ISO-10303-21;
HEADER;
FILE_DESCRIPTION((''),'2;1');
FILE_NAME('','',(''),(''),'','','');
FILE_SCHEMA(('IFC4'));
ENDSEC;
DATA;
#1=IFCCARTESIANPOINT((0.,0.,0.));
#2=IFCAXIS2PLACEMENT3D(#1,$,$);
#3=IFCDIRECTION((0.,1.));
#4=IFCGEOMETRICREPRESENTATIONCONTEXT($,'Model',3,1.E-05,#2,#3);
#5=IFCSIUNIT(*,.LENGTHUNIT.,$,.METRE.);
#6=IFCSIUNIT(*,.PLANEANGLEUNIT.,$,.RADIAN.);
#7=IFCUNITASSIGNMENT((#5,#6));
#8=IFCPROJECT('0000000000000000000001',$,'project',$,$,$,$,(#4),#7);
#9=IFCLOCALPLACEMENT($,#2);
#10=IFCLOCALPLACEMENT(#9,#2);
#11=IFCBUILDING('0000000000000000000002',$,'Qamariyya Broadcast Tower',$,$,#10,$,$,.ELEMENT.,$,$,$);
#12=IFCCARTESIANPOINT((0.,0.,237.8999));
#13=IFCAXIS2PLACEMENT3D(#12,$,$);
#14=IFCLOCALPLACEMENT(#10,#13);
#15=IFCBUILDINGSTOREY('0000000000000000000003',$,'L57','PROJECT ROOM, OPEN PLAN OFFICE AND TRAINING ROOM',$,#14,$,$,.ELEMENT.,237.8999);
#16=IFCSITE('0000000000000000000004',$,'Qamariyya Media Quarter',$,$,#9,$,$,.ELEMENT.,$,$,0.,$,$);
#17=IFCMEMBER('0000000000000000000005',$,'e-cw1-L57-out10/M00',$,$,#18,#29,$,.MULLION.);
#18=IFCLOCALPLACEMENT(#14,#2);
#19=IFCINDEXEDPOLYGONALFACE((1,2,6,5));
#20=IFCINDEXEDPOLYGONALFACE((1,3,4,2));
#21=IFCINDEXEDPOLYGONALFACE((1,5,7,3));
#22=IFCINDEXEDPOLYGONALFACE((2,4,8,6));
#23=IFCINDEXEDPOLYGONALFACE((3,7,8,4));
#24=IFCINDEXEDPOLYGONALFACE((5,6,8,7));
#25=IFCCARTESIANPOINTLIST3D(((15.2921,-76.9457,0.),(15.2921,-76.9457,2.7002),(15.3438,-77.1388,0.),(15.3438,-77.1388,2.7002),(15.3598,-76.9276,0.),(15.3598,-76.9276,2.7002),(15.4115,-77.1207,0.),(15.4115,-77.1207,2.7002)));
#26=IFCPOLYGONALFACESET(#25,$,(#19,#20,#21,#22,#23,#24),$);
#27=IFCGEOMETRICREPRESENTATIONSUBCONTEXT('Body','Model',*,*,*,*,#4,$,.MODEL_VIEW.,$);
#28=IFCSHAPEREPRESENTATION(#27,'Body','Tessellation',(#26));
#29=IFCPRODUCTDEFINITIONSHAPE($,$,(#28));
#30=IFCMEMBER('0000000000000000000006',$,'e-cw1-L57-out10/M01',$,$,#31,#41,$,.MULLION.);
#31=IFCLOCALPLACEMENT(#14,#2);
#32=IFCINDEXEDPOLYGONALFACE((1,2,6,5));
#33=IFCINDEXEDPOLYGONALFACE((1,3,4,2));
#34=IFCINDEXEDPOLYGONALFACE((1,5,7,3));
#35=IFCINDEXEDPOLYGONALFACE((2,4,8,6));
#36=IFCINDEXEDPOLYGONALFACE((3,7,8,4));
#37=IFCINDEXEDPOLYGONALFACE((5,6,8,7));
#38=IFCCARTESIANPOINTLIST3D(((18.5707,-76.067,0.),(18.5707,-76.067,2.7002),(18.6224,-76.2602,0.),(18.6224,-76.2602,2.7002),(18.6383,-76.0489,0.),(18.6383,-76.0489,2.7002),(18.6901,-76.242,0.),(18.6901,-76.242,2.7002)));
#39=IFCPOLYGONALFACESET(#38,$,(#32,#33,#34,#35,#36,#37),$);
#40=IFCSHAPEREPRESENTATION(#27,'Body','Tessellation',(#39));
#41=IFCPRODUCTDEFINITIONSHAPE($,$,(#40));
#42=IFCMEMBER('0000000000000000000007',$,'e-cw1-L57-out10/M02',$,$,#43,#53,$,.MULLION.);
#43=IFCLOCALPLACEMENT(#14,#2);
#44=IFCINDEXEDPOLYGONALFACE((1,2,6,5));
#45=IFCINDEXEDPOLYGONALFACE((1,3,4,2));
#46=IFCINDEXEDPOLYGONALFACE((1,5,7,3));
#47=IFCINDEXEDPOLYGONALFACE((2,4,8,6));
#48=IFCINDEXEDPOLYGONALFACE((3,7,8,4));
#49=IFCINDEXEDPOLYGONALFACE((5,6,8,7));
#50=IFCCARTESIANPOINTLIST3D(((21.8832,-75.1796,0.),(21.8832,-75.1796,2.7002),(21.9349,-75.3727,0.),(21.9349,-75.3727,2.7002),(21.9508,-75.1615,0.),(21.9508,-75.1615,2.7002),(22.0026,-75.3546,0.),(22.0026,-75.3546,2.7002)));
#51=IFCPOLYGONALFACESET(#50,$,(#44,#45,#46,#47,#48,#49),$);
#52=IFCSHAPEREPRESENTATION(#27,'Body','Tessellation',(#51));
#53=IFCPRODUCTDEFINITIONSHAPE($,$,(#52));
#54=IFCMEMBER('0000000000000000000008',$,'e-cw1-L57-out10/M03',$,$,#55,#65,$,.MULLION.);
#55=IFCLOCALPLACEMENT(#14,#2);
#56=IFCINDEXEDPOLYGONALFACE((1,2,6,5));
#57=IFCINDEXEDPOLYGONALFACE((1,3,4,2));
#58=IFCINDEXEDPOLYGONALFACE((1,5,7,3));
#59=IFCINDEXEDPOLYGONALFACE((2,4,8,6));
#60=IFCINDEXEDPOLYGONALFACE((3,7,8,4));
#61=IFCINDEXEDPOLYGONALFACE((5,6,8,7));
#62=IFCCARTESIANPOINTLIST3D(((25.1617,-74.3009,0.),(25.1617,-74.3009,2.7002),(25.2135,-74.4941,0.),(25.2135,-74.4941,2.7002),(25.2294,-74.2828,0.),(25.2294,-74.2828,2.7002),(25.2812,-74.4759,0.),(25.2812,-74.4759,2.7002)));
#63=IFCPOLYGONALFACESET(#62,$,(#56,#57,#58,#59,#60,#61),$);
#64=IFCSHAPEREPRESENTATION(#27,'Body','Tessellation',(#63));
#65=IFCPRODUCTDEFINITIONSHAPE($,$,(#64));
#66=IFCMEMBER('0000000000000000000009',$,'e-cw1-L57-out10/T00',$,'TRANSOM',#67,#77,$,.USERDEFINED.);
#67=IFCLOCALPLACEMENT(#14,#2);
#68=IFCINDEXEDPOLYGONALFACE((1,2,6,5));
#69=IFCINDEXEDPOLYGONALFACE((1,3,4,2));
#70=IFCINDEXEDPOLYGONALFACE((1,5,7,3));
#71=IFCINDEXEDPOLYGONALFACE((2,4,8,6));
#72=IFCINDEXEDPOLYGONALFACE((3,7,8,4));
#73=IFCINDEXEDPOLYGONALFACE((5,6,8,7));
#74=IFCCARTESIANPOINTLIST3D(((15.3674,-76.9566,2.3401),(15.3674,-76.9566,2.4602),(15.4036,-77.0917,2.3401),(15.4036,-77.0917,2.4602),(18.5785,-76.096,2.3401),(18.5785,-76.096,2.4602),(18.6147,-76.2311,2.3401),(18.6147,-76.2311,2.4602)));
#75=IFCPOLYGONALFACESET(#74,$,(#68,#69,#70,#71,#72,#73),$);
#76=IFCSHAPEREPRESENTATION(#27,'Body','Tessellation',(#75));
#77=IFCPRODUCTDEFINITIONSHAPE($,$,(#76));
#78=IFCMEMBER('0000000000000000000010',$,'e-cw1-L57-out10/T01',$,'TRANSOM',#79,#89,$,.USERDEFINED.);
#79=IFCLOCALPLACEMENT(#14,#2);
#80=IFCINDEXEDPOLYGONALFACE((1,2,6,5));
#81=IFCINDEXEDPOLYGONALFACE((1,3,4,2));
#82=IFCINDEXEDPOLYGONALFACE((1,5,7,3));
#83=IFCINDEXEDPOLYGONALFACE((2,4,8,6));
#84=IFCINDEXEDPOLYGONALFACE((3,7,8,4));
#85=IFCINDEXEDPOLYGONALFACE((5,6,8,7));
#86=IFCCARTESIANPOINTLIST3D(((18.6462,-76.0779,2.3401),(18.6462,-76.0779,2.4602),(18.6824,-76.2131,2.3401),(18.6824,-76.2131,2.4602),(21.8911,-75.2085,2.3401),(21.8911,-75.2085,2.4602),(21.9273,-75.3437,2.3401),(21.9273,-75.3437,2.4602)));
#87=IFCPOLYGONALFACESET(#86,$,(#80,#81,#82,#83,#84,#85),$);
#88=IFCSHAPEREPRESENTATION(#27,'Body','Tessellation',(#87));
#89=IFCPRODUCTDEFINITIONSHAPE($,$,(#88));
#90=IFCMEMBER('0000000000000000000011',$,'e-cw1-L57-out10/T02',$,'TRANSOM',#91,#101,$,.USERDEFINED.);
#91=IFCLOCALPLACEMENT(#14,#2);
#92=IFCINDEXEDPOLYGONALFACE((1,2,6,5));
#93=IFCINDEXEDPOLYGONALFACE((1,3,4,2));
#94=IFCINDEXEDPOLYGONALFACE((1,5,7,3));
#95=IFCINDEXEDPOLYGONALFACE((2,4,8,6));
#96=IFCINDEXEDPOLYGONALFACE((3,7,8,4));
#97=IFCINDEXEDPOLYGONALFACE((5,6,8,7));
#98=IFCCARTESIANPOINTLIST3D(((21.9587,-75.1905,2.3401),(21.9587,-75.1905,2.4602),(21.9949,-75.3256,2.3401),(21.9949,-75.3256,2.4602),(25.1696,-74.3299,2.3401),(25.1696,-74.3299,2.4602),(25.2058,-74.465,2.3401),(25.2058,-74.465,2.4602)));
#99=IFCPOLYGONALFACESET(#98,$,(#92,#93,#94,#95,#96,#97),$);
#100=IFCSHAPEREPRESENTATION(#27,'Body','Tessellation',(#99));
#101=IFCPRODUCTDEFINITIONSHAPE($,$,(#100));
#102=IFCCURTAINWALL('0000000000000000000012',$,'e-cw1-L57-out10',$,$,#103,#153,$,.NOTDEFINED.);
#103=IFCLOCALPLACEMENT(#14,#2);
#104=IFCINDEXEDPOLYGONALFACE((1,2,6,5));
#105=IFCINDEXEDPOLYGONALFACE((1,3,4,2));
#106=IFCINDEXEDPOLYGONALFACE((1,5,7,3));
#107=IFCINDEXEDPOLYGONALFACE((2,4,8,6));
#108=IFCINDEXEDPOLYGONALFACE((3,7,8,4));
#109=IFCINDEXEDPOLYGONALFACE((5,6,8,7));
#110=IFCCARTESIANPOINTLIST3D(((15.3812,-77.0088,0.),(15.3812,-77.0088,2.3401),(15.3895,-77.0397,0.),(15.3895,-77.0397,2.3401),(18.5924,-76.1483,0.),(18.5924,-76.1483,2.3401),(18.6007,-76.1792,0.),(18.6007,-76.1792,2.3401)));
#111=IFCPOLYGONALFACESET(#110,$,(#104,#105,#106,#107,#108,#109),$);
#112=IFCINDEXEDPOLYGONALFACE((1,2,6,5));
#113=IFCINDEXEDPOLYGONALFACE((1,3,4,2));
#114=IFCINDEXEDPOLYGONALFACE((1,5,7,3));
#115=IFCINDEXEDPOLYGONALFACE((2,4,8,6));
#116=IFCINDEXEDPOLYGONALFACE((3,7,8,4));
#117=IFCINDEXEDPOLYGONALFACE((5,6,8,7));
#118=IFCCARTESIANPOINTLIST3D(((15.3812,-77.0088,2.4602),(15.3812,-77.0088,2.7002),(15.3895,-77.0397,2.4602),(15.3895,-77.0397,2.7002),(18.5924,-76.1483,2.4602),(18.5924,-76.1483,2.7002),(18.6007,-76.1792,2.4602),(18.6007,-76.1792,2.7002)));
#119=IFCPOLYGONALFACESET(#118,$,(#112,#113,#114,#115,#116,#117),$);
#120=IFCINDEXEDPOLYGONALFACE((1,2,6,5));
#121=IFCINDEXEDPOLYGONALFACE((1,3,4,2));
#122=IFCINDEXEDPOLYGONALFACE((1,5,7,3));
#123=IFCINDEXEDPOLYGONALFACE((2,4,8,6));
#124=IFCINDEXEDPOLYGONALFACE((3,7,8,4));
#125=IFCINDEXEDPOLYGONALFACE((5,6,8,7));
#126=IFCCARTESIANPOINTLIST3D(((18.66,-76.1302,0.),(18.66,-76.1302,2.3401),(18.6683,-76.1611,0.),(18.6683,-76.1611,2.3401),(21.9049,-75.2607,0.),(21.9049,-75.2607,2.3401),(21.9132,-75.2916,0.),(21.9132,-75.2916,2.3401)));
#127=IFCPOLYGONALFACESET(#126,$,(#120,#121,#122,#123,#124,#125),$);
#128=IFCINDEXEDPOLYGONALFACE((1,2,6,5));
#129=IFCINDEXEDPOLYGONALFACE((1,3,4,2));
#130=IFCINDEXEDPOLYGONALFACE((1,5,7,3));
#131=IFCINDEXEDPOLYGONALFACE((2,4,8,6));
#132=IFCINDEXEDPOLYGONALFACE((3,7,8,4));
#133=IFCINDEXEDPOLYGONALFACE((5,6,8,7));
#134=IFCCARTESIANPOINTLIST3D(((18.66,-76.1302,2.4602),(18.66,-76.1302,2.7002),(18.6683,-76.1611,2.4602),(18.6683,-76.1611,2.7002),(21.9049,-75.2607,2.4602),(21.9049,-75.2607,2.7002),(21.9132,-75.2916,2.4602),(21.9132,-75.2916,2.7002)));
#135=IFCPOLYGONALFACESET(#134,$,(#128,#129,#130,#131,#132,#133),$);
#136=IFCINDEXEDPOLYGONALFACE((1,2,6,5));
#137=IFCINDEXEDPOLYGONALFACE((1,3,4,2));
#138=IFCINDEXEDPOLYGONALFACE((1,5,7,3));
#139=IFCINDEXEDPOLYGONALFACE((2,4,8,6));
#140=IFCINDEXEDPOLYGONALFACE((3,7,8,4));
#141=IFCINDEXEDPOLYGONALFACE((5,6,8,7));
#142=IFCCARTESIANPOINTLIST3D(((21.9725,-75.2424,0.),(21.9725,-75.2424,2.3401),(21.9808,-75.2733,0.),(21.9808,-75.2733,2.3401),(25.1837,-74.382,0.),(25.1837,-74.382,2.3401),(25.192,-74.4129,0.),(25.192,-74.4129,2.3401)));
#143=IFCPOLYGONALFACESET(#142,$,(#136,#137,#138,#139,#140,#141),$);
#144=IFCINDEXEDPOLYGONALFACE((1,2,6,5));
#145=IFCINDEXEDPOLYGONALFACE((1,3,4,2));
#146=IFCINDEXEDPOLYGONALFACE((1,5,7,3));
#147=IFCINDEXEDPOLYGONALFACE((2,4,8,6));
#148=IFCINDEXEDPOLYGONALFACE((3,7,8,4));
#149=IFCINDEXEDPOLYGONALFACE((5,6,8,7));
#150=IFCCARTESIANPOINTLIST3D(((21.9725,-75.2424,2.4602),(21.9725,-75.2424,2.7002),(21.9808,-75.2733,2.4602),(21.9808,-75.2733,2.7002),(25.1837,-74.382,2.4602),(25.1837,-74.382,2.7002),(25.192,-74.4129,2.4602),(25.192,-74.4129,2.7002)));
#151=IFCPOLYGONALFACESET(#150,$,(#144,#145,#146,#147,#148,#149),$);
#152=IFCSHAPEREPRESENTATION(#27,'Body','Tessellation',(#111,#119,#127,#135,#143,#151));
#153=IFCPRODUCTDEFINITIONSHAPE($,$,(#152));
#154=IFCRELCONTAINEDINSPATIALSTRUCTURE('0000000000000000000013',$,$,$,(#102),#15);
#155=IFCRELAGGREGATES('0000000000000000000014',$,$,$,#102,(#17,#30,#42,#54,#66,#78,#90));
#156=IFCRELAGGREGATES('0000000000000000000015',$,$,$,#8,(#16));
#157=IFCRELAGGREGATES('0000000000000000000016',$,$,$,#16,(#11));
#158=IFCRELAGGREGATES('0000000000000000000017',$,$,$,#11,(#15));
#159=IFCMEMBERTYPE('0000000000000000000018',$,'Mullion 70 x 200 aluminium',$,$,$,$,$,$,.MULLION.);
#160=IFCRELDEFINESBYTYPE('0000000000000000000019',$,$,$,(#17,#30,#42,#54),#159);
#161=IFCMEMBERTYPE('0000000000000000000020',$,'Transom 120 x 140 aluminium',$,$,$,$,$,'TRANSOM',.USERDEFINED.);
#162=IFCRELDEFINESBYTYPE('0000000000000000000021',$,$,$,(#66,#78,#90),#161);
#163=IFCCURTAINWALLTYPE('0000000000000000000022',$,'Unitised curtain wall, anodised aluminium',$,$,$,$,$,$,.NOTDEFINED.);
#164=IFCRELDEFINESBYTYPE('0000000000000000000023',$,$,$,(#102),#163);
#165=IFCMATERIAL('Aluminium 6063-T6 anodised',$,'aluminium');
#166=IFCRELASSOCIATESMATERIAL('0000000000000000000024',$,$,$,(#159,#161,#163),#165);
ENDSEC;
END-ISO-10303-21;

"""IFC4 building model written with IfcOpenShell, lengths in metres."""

from ifc_helpers import new_model, si_unit, direction, frame, origin, origin_2d, place, context, subcontext, project, spatial, rectangle, extrude, material, material_profile, profile_set, type_object, element, aggregate, save


model = new_model("IFC4")

# Units and contexts
model_context = context("Model", 3, precision=1e-05, world=origin(), true_north=direction((0.0, 1.0)))
body_context = subcontext(model_context, "Body", "Model", "MODEL_VIEW")
ifc_project = project(units=[si_unit("LENGTHUNIT", "METRE"), si_unit("PLANEANGLEUNIT", "RADIAN")], contexts=[model_context])

# Members
ifc_material = material(Name="Aluminium 6063-T6 anodised", Category="aluminium")
ifc_material_profile_1 = material_profile(ifc_material, rectangle(XDim=0.2, YDim=0.0701, at=origin_2d()))
ifc_profile_set_1 = profile_set([ifc_material_profile_1], Name="Aluminium 6063-T6 anodised")
member_type_1 = type_object("IfcMemberType", Name="Mullion 70 x 200 aluminium", PredefinedType="MULLION", material=ifc_profile_set_1)
site_placement = place(None, origin())
building_placement = place(site_placement, origin())
storey_placement = place(building_placement, frame((0.0, 0.0, 237.8999)))
member_1_placement = place(storey_placement, frame((15.3518, -77.0332, 0.0), z_axis=(0.0, 0.0, 1.0), x_axis=(-0.258819, 0.965926, 0.0)))
member_1 = element("IfcMember", 1, at=member_1_placement, type_object=member_type_1, Name="e-cw1-L57-out10/M00", PredefinedType="MULLION", context=body_context, shape_type="SweptSolid", body=[
    extrude(rectangle(XDim=0.2, YDim=0.0701, at=origin_2d()), origin(), (0.0, 0.0, 1.0), 2.7002),
])
member_2_placement = place(storey_placement, frame((18.6304, -76.1545, 0.0), z_axis=(0.0, 0.0, 1.0), x_axis=(-0.258819, 0.965926, 0.0)))
member_2 = element("IfcMember", 2, at=member_2_placement, type_object=member_type_1, Name="e-cw1-L57-out10/M01", PredefinedType="MULLION", context=body_context, shape_type="SweptSolid", body=[
    extrude(rectangle(XDim=0.2, YDim=0.0701, at=origin_2d()), origin(), (0.0, 0.0, 1.0), 2.7002),
])
member_3_placement = place(storey_placement, frame((21.9429, -75.2671, 0.0), z_axis=(0.0, 0.0, 1.0), x_axis=(-0.258819, 0.965926, 0.0)))
member_3 = element("IfcMember", 3, at=member_3_placement, type_object=member_type_1, Name="e-cw1-L57-out10/M02", PredefinedType="MULLION", context=body_context, shape_type="SweptSolid", body=[
    extrude(rectangle(XDim=0.2, YDim=0.0701, at=origin_2d()), origin(), (0.0, 0.0, 1.0), 2.7002),
])
member_4_placement = place(storey_placement, frame((25.2214, -74.3884, 0.0), z_axis=(0.0, 0.0, 1.0), x_axis=(-0.258819, 0.965926, 0.0)))
member_4 = element("IfcMember", 4, at=member_4_placement, type_object=member_type_1, Name="e-cw1-L57-out10/M03", PredefinedType="MULLION", context=body_context, shape_type="SweptSolid", body=[
    extrude(rectangle(XDim=0.2, YDim=0.0701, at=origin_2d()), origin(), (0.0, 0.0, 1.0), 2.7002),
])
ifc_material_profile_2 = material_profile(ifc_material, rectangle(XDim=0.1399, YDim=0.1201, at=origin_2d()))
ifc_profile_set_2 = profile_set([ifc_material_profile_2], Name="Aluminium 6063-T6 anodised")
member_type_2 = type_object("IfcMemberType", Name="Transom 120 x 140 aluminium", ElementType="TRANSOM", PredefinedType="USERDEFINED", material=ifc_profile_set_2)
member_5_placement = place(storey_placement, frame((15.3855, -77.0242, 2.4001), z_axis=(0.965914, 0.258865, 0.0), x_axis=(-0.258865, 0.965914, 0.0)))
member_5 = element("IfcMember", 5, at=member_5_placement, type_object=member_type_2, Name="e-cw1-L57-out10/T00", ObjectType="TRANSOM", PredefinedType="USERDEFINED", context=body_context, shape_type="SweptSolid", body=[
    extrude(rectangle(XDim=0.1399, YDim=0.1201, at=origin_2d()), origin(), (0.0, 0.0, 1.0), 3.3245),
])
member_6_placement = place(storey_placement, frame((18.6643, -76.1455, 2.4001), z_axis=(0.965932, 0.258798, 0.0), x_axis=(-0.258798, 0.965932, 0.0)))
member_6 = element("IfcMember", 6, at=member_6_placement, type_object=member_type_2, Name="e-cw1-L57-out10/T01", ObjectType="TRANSOM", PredefinedType="USERDEFINED", context=body_context, shape_type="SweptSolid", body=[
    extrude(rectangle(XDim=0.1399, YDim=0.1201, at=origin_2d()), origin(), (0.0, 0.0, 1.0), 3.3594),
])
member_7_placement = place(storey_placement, frame((21.9768, -75.2581, 2.4001), z_axis=(0.965909, 0.258883, 0.0), x_axis=(-0.258883, 0.965909, 0.0)))
member_7 = element("IfcMember", 7, at=member_7_placement, type_object=member_type_2, Name="e-cw1-L57-out10/T02", ObjectType="TRANSOM", PredefinedType="USERDEFINED", context=body_context, shape_type="SweptSolid", body=[
    extrude(rectangle(XDim=0.1399, YDim=0.1201, at=origin_2d()), origin(), (0.0, 0.0, 1.0), 3.3242),
])

# Site, building, storey
site = spatial("IfcSite", under=ifc_project, at=site_placement, Name="Qamariyya Media Quarter", CompositionType="ELEMENT", RefElevation=0.0)
building = spatial("IfcBuilding", under=site, at=building_placement, Name="Qamariyya Broadcast Tower", CompositionType="ELEMENT")
storey = spatial("IfcBuildingStorey", under=building, at=storey_placement, Name="L57", Description="PROJECT ROOM, OPEN PLAN OFFICE AND TRAINING ROOM", CompositionType="ELEMENT", Elevation=237.8999)

# Curtain wall
curtain_wall_type = type_object("IfcCurtainWallType", Name="Unitised curtain wall, anodised aluminium", PredefinedType="NOTDEFINED", material=ifc_material)
curtain_wall_1_placement = place(storey_placement, origin())
curtain_wall_1 = element("IfcCurtainWall", 8, at=curtain_wall_1_placement, inside=storey, type_object=curtain_wall_type, Name="e-cw1-L57-out10", PredefinedType="NOTDEFINED", context=body_context, shape_type="SweptSolid", body=[
    extrude(rectangle(XDim=3.3245, YDim=0.032, at=origin_2d()), frame((16.991, -76.594, 0.0), x_axis=(0.965923, 0.258828, 0.0)), (0.0, 0.0, 1.0), 2.3401),
    extrude(rectangle(XDim=3.3245, YDim=0.032, at=origin_2d()), frame((16.991, -76.594, 2.4602), x_axis=(0.965923, 0.258828, 0.0)), (0.0, 0.0, 1.0), 0.24),
    extrude(rectangle(XDim=3.3594, YDim=0.032, at=origin_2d()), frame((20.2866, -75.7109, 0.0), x_axis=(0.965923, 0.258828, 0.0)), (0.0, 0.0, 1.0), 2.3401),
    extrude(rectangle(XDim=3.3594, YDim=0.032, at=origin_2d()), frame((20.2866, -75.7109, 2.4602), x_axis=(0.965923, 0.258828, 0.0)), (0.0, 0.0, 1.0), 0.24),
    extrude(rectangle(XDim=3.3245, YDim=0.032, at=origin_2d()), frame((23.5823, -74.8276, 0.0), x_axis=(0.965923, 0.258828, 0.0)), (0.0, 0.0, 1.0), 2.3401),
    extrude(rectangle(XDim=3.3245, YDim=0.032, at=origin_2d()), frame((23.5823, -74.8276, 2.4602), x_axis=(0.965923, 0.258828, 0.0)), (0.0, 0.0, 1.0), 0.24),
])
aggregate(curtain_wall_1, [member_1, member_2, member_3, member_4, member_5, member_6, member_7])

save(model, "model.ifc")
